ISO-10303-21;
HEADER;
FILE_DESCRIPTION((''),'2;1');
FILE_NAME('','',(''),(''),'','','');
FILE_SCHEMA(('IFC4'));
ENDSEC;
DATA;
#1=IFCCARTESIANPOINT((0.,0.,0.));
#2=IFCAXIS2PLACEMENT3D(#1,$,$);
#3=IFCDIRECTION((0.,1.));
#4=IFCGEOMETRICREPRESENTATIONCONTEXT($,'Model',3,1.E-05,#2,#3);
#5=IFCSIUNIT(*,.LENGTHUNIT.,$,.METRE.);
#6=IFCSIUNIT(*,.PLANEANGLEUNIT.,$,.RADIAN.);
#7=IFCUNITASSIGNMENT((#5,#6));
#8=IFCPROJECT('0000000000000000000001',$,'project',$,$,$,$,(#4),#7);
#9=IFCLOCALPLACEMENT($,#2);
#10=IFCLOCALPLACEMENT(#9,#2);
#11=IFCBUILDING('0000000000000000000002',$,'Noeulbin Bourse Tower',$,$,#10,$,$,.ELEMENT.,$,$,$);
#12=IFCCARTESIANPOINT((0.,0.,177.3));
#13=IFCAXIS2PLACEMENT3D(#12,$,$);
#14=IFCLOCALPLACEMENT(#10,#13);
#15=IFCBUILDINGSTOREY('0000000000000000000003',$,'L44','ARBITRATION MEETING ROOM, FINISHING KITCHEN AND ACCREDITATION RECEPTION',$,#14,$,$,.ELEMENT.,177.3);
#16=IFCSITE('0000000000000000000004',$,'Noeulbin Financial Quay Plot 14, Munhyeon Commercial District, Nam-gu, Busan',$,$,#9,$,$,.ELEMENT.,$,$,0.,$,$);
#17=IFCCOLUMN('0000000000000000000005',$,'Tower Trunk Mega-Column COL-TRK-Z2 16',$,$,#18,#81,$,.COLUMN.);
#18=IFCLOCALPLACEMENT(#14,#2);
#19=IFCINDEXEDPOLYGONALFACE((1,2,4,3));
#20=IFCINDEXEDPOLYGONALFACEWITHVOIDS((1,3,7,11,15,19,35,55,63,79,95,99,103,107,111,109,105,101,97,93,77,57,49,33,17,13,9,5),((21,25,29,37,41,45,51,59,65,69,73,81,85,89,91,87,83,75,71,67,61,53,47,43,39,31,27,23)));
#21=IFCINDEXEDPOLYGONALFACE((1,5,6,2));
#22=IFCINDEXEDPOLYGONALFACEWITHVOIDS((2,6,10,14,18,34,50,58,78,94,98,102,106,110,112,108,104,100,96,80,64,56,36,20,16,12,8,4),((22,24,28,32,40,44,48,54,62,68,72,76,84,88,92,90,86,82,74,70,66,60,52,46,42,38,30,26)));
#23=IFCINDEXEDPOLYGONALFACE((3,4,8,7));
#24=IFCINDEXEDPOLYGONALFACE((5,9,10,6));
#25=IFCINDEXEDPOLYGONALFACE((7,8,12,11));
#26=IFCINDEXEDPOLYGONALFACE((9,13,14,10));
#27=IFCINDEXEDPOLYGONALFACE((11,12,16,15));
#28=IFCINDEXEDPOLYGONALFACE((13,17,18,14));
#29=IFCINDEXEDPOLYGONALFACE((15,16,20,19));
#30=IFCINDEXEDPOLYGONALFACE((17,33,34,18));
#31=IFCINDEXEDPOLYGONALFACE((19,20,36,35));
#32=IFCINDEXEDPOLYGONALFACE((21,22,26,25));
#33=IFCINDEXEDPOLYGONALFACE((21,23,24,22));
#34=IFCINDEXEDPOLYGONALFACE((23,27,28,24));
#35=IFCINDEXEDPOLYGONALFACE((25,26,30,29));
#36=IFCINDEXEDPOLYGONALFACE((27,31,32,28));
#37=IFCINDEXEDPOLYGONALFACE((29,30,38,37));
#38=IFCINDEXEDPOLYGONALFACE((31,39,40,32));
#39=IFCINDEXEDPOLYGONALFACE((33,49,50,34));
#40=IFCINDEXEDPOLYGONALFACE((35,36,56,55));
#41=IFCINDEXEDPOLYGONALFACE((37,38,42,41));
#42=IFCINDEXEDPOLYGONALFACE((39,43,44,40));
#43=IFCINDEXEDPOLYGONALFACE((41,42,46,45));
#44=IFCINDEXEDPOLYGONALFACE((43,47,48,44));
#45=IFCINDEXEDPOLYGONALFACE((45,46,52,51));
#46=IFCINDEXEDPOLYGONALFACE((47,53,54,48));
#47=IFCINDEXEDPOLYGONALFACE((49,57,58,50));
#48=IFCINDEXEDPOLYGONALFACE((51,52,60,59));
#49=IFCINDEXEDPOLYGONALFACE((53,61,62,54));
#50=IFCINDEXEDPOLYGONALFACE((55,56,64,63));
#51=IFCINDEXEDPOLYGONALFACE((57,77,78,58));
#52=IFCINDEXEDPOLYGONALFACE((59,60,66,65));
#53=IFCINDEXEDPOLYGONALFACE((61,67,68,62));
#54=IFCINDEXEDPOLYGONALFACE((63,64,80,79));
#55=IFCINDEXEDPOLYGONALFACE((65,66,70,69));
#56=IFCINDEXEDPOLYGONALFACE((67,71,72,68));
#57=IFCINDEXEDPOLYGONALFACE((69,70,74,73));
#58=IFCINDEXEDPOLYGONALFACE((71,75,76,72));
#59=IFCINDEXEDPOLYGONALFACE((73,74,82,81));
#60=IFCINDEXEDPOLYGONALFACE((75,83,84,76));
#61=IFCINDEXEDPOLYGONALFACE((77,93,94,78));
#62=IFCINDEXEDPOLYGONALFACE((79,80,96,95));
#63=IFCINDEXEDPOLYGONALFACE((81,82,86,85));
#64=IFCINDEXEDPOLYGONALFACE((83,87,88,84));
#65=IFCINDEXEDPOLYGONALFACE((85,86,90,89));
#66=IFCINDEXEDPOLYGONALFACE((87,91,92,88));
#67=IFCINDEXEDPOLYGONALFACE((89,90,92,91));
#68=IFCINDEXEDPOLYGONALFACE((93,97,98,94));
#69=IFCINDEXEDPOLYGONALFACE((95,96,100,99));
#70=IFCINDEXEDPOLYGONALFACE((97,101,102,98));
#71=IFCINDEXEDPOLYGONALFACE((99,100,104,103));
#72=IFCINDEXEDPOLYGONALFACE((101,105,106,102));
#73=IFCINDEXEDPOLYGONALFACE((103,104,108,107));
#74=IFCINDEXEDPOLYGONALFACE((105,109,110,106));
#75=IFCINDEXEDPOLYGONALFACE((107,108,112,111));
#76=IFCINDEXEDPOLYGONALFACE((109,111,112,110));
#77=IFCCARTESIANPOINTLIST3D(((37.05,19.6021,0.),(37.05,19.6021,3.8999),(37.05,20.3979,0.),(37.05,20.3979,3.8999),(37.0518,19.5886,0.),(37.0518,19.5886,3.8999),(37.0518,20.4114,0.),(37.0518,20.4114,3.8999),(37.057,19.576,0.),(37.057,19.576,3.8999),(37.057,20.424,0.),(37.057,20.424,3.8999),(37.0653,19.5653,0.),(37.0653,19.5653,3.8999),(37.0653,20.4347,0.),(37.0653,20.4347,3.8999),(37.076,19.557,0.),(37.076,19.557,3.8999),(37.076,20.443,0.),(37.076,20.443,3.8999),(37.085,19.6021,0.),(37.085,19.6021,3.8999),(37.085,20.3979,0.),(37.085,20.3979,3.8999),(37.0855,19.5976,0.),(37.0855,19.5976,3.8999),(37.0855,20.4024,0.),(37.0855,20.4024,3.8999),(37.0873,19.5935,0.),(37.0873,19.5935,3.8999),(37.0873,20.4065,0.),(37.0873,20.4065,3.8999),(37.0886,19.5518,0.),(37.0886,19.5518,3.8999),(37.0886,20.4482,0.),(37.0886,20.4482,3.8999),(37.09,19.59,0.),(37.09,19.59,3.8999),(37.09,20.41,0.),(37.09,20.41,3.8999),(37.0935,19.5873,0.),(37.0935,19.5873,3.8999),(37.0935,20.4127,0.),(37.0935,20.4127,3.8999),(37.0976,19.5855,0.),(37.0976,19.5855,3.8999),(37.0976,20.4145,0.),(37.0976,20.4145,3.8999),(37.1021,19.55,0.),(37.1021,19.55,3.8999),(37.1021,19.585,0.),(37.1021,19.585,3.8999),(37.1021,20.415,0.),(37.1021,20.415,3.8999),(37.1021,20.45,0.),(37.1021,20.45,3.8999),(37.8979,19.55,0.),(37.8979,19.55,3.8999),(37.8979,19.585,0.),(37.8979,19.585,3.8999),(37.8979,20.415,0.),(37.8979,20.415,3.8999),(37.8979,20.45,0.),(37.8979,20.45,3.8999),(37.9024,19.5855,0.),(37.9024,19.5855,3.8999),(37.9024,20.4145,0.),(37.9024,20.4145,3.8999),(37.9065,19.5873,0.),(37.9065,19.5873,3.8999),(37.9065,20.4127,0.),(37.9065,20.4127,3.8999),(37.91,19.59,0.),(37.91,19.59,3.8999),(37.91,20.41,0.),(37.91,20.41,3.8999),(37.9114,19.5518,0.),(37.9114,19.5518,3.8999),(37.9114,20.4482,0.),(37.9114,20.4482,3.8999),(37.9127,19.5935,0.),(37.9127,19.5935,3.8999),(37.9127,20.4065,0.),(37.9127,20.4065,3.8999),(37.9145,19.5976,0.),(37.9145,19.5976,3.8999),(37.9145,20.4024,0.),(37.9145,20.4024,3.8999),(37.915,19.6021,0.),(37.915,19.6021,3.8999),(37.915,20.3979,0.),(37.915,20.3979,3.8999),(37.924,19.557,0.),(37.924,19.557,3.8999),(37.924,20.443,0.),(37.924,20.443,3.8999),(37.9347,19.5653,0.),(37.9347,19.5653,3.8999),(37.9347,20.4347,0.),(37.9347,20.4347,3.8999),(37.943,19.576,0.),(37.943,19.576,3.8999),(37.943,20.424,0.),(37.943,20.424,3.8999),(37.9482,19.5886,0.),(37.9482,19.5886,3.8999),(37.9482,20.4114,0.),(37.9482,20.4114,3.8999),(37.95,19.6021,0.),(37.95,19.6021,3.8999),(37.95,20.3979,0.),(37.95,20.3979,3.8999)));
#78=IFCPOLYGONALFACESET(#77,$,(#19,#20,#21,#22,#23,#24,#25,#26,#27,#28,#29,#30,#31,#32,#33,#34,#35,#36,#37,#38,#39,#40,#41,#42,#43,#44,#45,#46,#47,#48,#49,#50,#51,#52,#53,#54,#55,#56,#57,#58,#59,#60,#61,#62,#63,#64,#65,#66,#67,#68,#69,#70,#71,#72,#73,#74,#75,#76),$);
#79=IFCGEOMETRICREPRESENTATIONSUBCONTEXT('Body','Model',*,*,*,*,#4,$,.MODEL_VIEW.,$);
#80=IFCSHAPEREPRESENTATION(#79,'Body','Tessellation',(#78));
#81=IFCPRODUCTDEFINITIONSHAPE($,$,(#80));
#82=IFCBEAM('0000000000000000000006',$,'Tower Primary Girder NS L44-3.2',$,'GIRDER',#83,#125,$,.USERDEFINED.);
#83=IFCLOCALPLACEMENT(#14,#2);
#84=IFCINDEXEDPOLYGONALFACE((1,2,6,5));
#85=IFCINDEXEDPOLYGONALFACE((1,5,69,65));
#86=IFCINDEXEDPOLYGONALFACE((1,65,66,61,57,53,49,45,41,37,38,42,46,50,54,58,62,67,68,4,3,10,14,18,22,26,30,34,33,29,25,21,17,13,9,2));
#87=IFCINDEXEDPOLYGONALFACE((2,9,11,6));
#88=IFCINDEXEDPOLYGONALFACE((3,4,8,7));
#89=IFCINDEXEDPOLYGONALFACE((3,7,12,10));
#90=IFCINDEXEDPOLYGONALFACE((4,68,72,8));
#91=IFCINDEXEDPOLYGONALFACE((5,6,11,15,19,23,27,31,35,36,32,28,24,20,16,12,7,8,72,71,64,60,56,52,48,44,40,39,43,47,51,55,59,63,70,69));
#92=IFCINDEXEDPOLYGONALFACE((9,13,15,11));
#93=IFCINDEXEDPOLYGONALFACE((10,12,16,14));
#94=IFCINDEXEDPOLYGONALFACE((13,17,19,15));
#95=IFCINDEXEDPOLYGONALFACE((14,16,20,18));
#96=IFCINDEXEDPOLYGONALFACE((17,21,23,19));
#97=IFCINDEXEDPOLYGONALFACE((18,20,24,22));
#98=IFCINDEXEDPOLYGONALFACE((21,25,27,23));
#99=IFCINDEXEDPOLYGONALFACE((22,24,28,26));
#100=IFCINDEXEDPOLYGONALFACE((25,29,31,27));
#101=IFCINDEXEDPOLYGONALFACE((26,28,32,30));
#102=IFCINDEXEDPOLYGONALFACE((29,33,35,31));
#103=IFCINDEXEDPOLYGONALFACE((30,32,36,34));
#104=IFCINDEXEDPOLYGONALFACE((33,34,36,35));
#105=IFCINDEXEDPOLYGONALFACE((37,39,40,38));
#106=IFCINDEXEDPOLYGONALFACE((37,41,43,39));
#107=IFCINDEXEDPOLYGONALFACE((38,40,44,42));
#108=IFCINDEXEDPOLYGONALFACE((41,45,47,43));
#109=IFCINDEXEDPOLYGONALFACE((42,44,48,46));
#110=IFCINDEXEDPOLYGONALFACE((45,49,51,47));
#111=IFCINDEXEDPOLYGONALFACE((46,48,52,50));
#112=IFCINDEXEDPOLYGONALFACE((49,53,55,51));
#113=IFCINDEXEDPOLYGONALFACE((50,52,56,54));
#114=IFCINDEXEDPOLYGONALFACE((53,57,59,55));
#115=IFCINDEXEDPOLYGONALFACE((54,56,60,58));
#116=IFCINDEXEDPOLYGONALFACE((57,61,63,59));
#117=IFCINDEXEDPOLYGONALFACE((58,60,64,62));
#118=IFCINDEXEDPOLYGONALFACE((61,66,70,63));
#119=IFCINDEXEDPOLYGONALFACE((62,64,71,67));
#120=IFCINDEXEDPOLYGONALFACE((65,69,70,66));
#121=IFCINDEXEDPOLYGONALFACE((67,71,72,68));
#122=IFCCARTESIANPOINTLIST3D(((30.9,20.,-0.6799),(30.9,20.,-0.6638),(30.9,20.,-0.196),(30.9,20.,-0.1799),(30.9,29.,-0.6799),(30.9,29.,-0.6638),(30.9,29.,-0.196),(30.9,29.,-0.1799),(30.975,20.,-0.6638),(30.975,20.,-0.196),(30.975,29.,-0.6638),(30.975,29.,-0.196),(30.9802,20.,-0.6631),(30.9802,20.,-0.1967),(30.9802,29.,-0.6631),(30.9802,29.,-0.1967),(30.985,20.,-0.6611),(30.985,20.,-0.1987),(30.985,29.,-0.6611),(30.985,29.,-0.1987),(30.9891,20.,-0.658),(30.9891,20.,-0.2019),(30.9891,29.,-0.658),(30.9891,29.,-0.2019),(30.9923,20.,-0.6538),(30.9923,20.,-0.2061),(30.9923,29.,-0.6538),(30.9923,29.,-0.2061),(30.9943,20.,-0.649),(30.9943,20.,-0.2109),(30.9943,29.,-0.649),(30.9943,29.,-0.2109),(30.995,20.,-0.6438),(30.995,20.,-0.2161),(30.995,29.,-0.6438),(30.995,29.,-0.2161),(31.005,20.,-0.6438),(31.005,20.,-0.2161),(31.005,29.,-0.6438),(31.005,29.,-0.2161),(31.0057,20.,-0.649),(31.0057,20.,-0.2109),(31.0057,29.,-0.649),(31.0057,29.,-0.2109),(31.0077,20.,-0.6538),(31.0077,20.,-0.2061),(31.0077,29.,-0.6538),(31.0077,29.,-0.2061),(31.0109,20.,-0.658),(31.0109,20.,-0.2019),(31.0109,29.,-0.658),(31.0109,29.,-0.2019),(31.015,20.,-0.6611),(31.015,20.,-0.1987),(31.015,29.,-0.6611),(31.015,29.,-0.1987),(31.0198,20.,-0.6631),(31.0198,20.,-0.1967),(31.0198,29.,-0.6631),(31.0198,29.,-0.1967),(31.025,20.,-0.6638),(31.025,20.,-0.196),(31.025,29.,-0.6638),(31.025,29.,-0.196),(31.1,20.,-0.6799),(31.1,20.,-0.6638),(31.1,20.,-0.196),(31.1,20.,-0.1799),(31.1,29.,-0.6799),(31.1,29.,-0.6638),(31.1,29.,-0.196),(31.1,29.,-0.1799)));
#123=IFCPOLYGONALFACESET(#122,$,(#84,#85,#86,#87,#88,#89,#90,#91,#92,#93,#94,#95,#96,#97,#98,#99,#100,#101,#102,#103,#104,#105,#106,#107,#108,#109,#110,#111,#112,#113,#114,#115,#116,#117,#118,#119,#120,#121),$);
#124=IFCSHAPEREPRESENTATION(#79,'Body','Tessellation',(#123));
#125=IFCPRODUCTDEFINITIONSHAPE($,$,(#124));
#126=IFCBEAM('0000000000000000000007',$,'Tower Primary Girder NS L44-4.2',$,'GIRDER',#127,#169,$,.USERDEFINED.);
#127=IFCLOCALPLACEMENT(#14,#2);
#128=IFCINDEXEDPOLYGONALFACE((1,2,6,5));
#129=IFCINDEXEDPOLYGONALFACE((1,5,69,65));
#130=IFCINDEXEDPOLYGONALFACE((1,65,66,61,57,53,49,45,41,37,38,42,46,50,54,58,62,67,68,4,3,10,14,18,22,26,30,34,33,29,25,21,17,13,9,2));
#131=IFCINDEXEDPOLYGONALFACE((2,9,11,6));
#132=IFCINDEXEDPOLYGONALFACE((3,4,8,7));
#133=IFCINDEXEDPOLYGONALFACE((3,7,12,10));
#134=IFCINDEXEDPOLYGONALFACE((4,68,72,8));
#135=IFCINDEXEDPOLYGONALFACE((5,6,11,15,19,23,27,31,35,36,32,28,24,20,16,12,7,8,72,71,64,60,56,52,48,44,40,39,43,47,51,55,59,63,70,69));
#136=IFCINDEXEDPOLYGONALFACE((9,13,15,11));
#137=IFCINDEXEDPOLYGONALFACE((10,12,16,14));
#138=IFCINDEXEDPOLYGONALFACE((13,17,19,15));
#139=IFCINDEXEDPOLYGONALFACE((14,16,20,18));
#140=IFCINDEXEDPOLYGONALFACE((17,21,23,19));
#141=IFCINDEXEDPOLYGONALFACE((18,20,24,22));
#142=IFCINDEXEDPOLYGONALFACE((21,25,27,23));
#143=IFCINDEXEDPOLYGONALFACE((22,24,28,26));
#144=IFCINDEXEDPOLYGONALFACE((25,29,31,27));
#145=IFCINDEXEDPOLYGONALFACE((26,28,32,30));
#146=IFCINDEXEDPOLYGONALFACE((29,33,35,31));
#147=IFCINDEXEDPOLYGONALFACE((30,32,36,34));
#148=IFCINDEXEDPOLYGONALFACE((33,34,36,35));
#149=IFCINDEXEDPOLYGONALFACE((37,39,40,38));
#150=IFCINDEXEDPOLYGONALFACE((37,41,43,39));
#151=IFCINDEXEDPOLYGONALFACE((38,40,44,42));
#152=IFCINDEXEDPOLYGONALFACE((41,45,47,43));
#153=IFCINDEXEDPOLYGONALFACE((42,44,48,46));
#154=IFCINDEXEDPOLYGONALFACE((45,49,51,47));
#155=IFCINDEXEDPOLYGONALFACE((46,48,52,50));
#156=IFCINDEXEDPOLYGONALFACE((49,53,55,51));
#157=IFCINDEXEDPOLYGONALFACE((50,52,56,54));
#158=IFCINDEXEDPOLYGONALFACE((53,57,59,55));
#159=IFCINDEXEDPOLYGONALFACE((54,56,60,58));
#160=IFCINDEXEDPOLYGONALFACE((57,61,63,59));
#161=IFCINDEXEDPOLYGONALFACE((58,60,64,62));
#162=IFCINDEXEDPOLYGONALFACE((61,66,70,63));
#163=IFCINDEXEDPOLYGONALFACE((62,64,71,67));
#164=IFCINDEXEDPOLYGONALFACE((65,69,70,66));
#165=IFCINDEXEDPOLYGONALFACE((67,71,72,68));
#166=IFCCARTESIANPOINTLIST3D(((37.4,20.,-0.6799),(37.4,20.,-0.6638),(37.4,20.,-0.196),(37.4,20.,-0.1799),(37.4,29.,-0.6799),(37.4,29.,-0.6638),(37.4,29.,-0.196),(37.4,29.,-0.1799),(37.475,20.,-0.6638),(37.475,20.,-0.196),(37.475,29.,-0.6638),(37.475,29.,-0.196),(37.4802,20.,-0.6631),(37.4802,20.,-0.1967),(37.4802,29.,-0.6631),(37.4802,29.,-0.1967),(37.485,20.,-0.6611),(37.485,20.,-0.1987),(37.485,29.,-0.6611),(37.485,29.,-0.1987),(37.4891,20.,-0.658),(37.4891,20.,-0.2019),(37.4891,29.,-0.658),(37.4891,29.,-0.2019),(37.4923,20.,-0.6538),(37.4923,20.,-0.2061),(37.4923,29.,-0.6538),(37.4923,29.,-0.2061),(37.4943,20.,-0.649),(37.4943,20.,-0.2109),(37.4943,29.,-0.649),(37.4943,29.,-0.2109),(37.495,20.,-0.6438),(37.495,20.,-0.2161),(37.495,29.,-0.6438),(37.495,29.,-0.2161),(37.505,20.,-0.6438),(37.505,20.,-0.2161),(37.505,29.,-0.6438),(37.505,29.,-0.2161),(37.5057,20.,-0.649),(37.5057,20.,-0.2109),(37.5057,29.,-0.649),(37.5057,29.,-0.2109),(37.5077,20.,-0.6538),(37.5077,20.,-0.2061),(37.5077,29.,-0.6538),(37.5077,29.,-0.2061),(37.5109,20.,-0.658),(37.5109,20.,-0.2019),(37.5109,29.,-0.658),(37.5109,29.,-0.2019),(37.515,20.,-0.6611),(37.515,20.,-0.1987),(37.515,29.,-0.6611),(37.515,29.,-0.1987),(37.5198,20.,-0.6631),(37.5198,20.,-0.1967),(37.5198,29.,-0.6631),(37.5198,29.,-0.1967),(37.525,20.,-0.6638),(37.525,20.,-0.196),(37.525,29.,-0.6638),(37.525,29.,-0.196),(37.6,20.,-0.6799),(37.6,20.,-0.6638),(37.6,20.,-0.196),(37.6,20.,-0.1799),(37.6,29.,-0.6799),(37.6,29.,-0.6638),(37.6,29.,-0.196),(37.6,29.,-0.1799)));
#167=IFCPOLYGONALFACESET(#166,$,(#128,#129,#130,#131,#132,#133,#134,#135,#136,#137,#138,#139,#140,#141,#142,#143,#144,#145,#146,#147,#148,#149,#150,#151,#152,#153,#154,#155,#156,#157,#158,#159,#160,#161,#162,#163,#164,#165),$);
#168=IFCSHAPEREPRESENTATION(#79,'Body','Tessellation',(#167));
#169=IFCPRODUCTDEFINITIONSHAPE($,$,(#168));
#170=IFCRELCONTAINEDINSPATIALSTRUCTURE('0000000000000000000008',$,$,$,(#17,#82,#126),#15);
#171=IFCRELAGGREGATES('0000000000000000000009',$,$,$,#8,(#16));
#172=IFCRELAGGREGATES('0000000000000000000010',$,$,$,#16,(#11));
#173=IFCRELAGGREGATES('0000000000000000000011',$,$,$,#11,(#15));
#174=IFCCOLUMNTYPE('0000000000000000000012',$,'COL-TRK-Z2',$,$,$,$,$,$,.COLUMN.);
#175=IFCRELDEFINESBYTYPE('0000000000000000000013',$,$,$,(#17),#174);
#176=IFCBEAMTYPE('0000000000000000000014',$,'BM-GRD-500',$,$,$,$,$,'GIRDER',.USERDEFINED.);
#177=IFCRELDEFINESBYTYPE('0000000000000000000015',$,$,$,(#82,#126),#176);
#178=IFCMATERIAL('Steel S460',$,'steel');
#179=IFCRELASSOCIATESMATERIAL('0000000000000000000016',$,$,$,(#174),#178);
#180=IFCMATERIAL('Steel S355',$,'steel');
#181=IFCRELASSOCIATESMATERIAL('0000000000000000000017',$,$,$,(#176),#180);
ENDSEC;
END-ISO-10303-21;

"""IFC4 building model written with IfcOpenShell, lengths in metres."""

from ifc_helpers import new_model, si_unit, direction, frame, origin, origin_2d, place, context, subcontext, project, spatial, hollow_rectangle, i_section, extrude, material, material_profile, profile_set, type_object, element, save


model = new_model("IFC4")

# Units and contexts
model_context = context("Model", 3, precision=1e-05, world=origin(), true_north=direction((0.0, 1.0)))
body_context = subcontext(model_context, "Body", "Model", "MODEL_VIEW")
ifc_project = project(units=[si_unit("LENGTHUNIT", "METRE"), si_unit("PLANEANGLEUNIT", "RADIAN")], contexts=[model_context])

# Site, building, storey
site_placement = place(None, origin())
site = spatial("IfcSite", under=ifc_project, at=site_placement, Name="Noeulbin Financial Quay Plot 14, Munhyeon Commercial District, Nam-gu, Busan", CompositionType="ELEMENT", RefElevation=0.0)
building_placement = place(site_placement, origin())
building = spatial("IfcBuilding", under=site, at=building_placement, Name="Noeulbin Bourse Tower", CompositionType="ELEMENT")
storey_placement = place(building_placement, frame((0.0, 0.0, 177.3)))
storey = spatial("IfcBuildingStorey", under=building, at=storey_placement, Name="L44", Description="ARBITRATION MEETING ROOM, FINISHING KITCHEN AND ACCREDITATION RECEPTION", CompositionType="ELEMENT", Elevation=177.3)

# Column
ifc_material_1 = material(Name="Steel S460", Category="steel")
ifc_material_profile_1 = material_profile(ifc_material_1, hollow_rectangle(XDim=0.8999, YDim=0.8999, WallThickness=0.0349, InnerFilletRadius=0.0171, OuterFilletRadius=0.052, at=origin_2d()), Name="BOX-900x900x35", Category="LoadBearing")
ifc_profile_set_1 = profile_set([ifc_material_profile_1], Name="Steel S460")
column_type = type_object("IfcColumnType", Name="COL-TRK-Z2", PredefinedType="COLUMN", material=ifc_profile_set_1)
for number, where, z_axis, x_axis, name in (
    (1, (37.5, 20.0, 0.0), (0.0, 0.0, 1.0), (1.0, 0.0, 0.0), "Tower Trunk Mega-Column COL-TRK-Z2 16"),
):
    element("IfcColumn", number, at=place(storey_placement, frame(where, z_axis=z_axis, x_axis=x_axis)), inside=storey, type_object=column_type, Name=name, PredefinedType="COLUMN", context=body_context, shape_type="SweptSolid", body=[
        extrude(hollow_rectangle(XDim=0.8999, YDim=0.8999, WallThickness=0.0349, InnerFilletRadius=0.0171, OuterFilletRadius=0.052, at=origin_2d()), origin(), (0.0, 0.0, 1.0), 3.8999),
    ])

# Beams
ifc_material_2 = material(Name="Steel S355", Category="steel")
ifc_material_profile_2 = material_profile(ifc_material_2, i_section(OverallWidth=0.2, OverallDepth=0.5, WebThickness=0.01, FlangeThickness=0.0161, FilletRadius=0.02, at=origin_2d()), Name="H-500x200x10x16", Category="LoadBearing")
ifc_profile_set_2 = profile_set([ifc_material_profile_2], Name="Steel S355")
beam_type_1 = type_object("IfcBeamType", Name="BM-GRD-500", ElementType="GIRDER", PredefinedType="USERDEFINED", material=ifc_profile_set_2)
for number, where, z_axis, x_axis, name in (
    (2, (31.0, 20.0, -0.4299), (0.0, 1.0, 0.0), (-1.0, 0.0, 0.0), "Tower Primary Girder NS L44-3.2"),
    (3, (37.5, 20.0, -0.4299), (0.0, 1.0, 0.0), (-1.0, 0.0, 0.0), "Tower Primary Girder NS L44-4.2"),
):
    element("IfcBeam", number, at=place(storey_placement, frame(where, z_axis=z_axis, x_axis=x_axis)), inside=storey, type_object=beam_type_1, Name=name, ObjectType="GIRDER", PredefinedType="USERDEFINED", context=body_context, shape_type="SweptSolid", body=[
        extrude(i_section(OverallWidth=0.2, OverallDepth=0.5, WebThickness=0.01, FlangeThickness=0.0161, FilletRadius=0.02, at=origin_2d()), origin(), (0.0, 0.0, 1.0), 9.0),
    ])

save(model, "model.ifc")
